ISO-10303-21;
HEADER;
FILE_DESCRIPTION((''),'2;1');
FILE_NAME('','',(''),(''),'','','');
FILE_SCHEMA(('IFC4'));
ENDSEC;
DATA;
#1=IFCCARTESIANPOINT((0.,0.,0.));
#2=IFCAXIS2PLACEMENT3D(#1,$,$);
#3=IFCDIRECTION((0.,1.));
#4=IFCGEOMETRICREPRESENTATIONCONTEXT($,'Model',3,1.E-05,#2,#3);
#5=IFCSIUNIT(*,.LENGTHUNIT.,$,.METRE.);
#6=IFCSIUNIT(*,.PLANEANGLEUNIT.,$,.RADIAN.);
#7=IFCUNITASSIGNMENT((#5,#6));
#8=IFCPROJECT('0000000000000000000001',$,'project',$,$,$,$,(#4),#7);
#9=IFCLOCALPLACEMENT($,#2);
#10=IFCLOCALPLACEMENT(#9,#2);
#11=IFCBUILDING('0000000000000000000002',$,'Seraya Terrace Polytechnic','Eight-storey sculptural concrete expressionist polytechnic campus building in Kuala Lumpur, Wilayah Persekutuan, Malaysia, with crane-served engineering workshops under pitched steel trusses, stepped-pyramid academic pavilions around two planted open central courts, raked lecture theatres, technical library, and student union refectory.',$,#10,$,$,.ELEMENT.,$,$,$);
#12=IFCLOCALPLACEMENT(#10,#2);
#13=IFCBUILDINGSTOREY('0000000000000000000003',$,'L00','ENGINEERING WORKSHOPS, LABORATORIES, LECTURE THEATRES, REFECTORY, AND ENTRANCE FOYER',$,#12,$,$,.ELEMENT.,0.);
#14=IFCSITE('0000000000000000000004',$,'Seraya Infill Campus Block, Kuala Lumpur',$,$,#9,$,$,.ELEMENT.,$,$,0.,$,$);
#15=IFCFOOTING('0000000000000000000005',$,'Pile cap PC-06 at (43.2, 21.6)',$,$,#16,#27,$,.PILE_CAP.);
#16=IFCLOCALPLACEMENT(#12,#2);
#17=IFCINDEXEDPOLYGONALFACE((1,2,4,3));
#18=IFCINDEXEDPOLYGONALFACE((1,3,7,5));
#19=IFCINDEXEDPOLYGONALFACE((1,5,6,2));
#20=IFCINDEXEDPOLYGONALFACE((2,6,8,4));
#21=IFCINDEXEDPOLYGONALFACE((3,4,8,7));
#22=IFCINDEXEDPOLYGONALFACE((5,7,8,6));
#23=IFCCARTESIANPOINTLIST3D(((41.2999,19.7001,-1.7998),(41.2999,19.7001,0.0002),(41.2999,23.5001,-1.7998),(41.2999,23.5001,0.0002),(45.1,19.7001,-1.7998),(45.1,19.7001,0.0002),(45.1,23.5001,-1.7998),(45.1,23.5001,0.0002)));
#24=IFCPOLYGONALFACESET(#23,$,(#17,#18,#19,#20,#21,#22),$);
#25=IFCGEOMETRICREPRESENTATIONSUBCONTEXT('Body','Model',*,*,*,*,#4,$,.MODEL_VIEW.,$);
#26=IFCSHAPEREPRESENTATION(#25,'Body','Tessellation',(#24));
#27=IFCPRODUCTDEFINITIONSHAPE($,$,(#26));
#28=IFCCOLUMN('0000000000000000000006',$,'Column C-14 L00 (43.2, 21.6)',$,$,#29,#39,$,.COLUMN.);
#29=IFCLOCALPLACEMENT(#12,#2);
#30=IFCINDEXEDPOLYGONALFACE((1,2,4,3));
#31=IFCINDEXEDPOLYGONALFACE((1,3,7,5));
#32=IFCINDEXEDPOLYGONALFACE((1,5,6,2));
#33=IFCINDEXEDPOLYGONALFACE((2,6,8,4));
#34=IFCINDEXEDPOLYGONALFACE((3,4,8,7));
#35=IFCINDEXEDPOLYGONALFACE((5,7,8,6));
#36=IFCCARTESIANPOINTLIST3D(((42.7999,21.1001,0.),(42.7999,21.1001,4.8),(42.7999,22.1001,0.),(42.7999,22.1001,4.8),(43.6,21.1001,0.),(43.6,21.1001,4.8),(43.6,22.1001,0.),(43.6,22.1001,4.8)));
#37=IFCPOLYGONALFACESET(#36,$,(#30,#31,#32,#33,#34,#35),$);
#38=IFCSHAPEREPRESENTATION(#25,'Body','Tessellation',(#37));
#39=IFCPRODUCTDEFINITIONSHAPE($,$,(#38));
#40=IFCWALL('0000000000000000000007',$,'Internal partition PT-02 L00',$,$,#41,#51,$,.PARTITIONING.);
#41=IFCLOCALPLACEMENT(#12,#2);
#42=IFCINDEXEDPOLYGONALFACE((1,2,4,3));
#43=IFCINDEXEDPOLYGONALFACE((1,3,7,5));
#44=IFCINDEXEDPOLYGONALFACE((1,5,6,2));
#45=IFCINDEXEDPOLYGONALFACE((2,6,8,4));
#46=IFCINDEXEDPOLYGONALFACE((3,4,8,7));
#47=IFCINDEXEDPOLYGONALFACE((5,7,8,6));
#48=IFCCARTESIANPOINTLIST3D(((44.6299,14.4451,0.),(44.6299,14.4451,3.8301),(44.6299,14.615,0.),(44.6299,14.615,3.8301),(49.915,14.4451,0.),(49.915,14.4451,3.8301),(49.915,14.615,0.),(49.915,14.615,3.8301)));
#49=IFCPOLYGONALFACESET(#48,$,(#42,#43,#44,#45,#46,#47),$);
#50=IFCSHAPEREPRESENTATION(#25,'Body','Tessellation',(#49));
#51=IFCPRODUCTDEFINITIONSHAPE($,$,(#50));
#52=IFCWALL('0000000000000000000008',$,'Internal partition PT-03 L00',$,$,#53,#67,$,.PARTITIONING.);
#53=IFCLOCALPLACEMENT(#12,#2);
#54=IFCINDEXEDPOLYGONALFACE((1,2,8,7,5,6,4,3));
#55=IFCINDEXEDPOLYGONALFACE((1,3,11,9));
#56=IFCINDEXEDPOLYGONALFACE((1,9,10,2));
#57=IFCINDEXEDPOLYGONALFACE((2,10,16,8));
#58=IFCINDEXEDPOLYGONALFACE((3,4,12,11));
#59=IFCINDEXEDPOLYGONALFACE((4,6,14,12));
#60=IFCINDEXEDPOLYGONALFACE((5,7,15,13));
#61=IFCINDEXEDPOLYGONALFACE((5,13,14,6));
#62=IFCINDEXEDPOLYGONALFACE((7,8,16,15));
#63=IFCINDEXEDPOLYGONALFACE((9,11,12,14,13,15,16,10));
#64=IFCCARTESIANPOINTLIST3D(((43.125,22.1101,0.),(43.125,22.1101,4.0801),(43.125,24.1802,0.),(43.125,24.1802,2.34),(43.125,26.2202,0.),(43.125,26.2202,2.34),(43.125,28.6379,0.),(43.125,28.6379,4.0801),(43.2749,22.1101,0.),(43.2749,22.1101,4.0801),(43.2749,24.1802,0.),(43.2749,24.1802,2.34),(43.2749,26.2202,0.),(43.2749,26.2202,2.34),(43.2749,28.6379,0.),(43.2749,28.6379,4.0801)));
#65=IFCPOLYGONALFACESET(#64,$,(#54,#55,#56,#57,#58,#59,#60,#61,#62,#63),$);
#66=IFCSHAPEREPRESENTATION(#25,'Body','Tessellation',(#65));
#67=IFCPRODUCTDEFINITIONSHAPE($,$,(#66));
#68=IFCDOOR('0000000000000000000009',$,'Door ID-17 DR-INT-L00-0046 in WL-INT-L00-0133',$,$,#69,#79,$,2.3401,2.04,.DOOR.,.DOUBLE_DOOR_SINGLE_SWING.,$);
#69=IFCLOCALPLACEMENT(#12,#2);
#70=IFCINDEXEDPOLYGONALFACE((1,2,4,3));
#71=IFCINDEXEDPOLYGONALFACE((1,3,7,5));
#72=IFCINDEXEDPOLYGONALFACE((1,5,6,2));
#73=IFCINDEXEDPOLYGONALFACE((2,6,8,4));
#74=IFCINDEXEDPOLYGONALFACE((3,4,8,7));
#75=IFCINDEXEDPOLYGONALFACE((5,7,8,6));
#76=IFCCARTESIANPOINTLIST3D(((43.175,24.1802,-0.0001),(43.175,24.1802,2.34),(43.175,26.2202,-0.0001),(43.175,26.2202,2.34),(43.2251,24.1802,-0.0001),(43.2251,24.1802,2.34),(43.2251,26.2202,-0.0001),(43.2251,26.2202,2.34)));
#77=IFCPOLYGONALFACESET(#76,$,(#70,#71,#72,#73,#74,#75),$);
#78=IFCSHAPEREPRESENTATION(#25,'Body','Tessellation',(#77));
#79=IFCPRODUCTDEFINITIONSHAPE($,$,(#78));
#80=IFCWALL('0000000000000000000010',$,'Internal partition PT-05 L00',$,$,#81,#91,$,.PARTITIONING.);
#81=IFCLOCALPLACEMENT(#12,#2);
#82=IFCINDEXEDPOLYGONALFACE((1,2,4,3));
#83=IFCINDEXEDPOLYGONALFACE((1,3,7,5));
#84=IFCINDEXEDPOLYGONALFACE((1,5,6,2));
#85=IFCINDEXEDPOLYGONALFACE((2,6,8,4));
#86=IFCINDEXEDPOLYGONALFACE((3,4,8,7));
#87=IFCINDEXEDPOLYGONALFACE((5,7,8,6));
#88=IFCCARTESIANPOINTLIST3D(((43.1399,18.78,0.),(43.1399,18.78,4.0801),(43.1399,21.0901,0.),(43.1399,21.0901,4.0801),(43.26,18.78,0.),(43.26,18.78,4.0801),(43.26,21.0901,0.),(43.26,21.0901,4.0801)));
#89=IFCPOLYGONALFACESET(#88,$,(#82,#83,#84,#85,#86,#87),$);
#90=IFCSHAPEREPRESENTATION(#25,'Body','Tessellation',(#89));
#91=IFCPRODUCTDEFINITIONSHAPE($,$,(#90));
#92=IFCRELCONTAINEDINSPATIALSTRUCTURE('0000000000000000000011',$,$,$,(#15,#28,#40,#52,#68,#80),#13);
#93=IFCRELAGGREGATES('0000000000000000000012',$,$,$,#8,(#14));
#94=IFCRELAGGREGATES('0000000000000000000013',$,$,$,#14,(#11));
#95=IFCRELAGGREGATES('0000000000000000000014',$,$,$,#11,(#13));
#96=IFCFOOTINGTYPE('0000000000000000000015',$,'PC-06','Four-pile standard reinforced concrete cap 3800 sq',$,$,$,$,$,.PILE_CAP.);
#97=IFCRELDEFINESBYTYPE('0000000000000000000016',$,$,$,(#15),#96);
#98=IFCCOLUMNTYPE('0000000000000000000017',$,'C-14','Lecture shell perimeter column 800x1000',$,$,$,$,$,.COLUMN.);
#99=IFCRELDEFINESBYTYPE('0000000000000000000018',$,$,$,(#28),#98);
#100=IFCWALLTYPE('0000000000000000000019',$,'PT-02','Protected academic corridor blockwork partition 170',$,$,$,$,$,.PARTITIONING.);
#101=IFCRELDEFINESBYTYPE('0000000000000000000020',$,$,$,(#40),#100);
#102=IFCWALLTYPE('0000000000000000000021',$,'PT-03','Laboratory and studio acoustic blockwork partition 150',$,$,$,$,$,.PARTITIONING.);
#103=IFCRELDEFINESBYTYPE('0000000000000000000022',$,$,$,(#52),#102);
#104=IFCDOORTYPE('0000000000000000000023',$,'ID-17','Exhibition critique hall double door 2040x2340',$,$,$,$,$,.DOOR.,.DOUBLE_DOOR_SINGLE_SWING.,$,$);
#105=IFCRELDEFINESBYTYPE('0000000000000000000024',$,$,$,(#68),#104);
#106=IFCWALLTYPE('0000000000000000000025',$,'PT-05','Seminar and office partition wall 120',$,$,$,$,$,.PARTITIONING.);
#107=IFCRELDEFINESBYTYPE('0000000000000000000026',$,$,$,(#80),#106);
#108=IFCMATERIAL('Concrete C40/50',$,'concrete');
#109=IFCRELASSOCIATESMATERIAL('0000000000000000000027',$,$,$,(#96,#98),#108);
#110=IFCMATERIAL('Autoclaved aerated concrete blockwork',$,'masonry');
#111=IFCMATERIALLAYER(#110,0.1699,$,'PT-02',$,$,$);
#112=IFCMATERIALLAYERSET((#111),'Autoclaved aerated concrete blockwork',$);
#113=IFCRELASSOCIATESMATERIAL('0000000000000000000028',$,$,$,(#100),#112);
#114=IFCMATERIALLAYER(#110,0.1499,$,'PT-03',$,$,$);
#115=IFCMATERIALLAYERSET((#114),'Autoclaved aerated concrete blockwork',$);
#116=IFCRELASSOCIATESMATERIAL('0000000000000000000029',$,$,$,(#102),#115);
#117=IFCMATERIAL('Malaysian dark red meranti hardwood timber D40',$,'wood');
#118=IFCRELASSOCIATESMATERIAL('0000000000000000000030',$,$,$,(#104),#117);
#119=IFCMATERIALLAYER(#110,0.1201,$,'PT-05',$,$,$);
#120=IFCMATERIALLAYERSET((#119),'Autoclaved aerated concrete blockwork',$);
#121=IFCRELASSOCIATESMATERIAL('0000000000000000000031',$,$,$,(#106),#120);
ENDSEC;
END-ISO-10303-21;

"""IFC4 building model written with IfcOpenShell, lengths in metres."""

from ifc_helpers import new_model, si_unit, direction, frame, frame_2d, origin, origin_2d, place, context, subcontext, project, spatial, rectangle, extrude, material, layer, layer_set, material_profile, profile_set, type_object, element, fill, save


model = new_model("IFC4")

# Units and contexts
model_context = context("Model", 3, precision=1e-05, world=origin(), true_north=direction((0.0, 1.0)))
body_context = subcontext(model_context, "Body", "Model", "MODEL_VIEW")
ifc_project = project(units=[si_unit("LENGTHUNIT", "METRE"), si_unit("PLANEANGLEUNIT", "RADIAN")], contexts=[model_context])

# Site, building, storey
site_placement = place(None, origin())
site = spatial("IfcSite", under=ifc_project, at=site_placement, Name="Seraya Infill Campus Block, Kuala Lumpur", CompositionType="ELEMENT", RefElevation=0.0)
building_placement = place(site_placement, origin())
building = spatial("IfcBuilding", under=site, at=building_placement, Name="Seraya Terrace Polytechnic", Description="Eight-storey sculptural concrete expressionist polytechnic campus building in Kuala Lumpur, Wilayah Persekutuan, Malaysia, with crane-served engineering workshops under pitched steel trusses, stepped-pyramid academic pavilions around two planted open central courts, raked lecture theatres, technical library, and student union refectory.", CompositionType="ELEMENT")
storey_placement = place(building_placement, origin())
storey = spatial("IfcBuildingStorey", under=building, at=storey_placement, Name="L00", Description="ENGINEERING WORKSHOPS, LABORATORIES, LECTURE THEATRES, REFECTORY, AND ENTRANCE FOYER", CompositionType="ELEMENT", Elevation=0.0)

# Shared definitions
ifc_material_1 = material(Name="Concrete C40/50", Category="concrete")

# Footing
footing_type_1 = type_object("IfcFootingType", Name="PC-06", Description="Four-pile standard reinforced concrete cap 3800 sq", PredefinedType="PILE_CAP", material=ifc_material_1)
footing_1_placement = place(storey_placement, frame((43.2, 21.6001, -1.7998), z_axis=(0.0, 0.0, 1.0), x_axis=(1.0, 0.0, 0.0)))
element("IfcFooting", 1, at=footing_1_placement, inside=storey, type_object=footing_type_1, Name="Pile cap PC-06 at (43.2, 21.6)", PredefinedType="PILE_CAP", context=body_context, shape_type="SweptSolid", body=[
    extrude(rectangle(XDim=3.8, YDim=3.8, at=origin_2d()), origin(), (0.0, 0.0, 1.0), 1.8),
])

# Column
ifc_material_profile_1 = material_profile(ifc_material_1, rectangle(XDim=0.8, YDim=1.0, at=origin_2d()), Name="RC 800x1000")
ifc_profile_set_1 = profile_set([ifc_material_profile_1], Name="Concrete C40/50")
column_type = type_object("IfcColumnType", Name="C-14", Description="Lecture shell perimeter column 800x1000", PredefinedType="COLUMN", material=ifc_profile_set_1)
column_placement = place(storey_placement, frame((43.2, 21.6001, 0.0), z_axis=(0.0, 0.0, 1.0), x_axis=(1.0, 0.0, 0.0)))
element("IfcColumn", 2, at=column_placement, inside=storey, type_object=column_type, Name="Column C-14 L00 (43.2, 21.6)", PredefinedType="COLUMN", context=body_context, shape_type="SweptSolid", body=[
    extrude(rectangle(XDim=0.8, YDim=1.0, at=origin_2d()), origin(), (0.0, 0.0, 1.0), 4.8),
])

# Wall
ifc_material_2 = material(Name="Autoclaved aerated concrete blockwork", Category="masonry")
ifc_layer_1 = layer(ifc_material_2, 0.1699, Name="PT-02")
ifc_layer_set_1 = layer_set([ifc_layer_1], Name="Autoclaved aerated concrete blockwork")
wall_type_1 = type_object("IfcWallType", Name="PT-02", Description="Protected academic corridor blockwork partition 170", PredefinedType="PARTITIONING", material=ifc_layer_set_1)
wall_1_placement = place(storey_placement, frame((44.6299, 14.53, 0.0), z_axis=(0.0, 0.0, 1.0), x_axis=(1.0, 0.0, 0.0)))
element("IfcWall", 3, at=wall_1_placement, inside=storey, type_object=wall_type_1, Name="Internal partition PT-02 L00", PredefinedType="PARTITIONING", context=body_context, shape_type="SweptSolid", body=[
    extrude(rectangle(XDim=5.2852, YDim=0.1699, at=frame_2d((2.6426, 0.0))), origin(), (0.0, 0.0, 1.0), 3.8301),
])

# Wall, opening, door
ifc_layer_2 = layer(ifc_material_2, 0.1499, Name="PT-03")
ifc_layer_set_2 = layer_set([ifc_layer_2], Name="Autoclaved aerated concrete blockwork")
wall_type_2 = type_object("IfcWallType", Name="PT-03", Description="Laboratory and studio acoustic blockwork partition 150", PredefinedType="PARTITIONING", material=ifc_layer_set_2)
wall_2_placement = place(storey_placement, frame((43.2, 22.1101, 0.0), z_axis=(0.0, 0.0, 1.0), x_axis=(0.0, 1.0, 0.0)))
wall_2 = element("IfcWall", 4, at=wall_2_placement, inside=storey, type_object=wall_type_2, Name="Internal partition PT-03 L00", PredefinedType="PARTITIONING", context=body_context, shape_type="SweptSolid", body=[
    extrude(rectangle(XDim=6.5278, YDim=0.1499, at=frame_2d((3.2639, 0.0))), origin(), (0.0, 0.0, 1.0), 4.0801),
])
opening_placement = place(wall_2_placement, frame((2.0701, 0.0, 0.0)))
opening = element("IfcOpeningElement", 5, at=opening_placement, cuts=wall_2, PredefinedType="OPENING", context=body_context, shape_type="SweptSolid", body=[
    extrude(rectangle(XDim=2.04, YDim=2.3401, at=frame_2d((1.02, 1.1699))), frame((0.0, 0.0869, 0.0), z_axis=(0.0, -1.0, 0.0), x_axis=(1.0, 0.0, 0.0)), (0.0, 0.0, 1.0), 0.1738),
])
ifc_material_3 = material(Name="Malaysian dark red meranti hardwood timber D40", Category="wood")
door_type = type_object("IfcDoorType", Name="ID-17", Description="Exhibition critique hall double door 2040x2340", OperationType="DOUBLE_DOOR_SINGLE_SWING", PredefinedType="DOOR", material=ifc_material_3)
door_placement = place(opening_placement, origin())
door = element("IfcDoor", 6, at=door_placement, inside=storey, type_object=door_type, Name="Door ID-17 DR-INT-L00-0046 in WL-INT-L00-0133", OperationType="DOUBLE_DOOR_SINGLE_SWING", OverallHeight=2.3401, OverallWidth=2.04, PredefinedType="DOOR", context=body_context, shape_type="SweptSolid", body=[
    extrude(rectangle(XDim=2.04, YDim=2.3401, at=frame_2d((1.02, 1.1699))), frame((0.0, 0.0249, 0.0), z_axis=(0.0, -1.0, 0.0), x_axis=(1.0, 0.0, 0.0)), (0.0, 0.0, 1.0), 0.05),
])
fill(opening, door)

# Wall
ifc_layer_3 = layer(ifc_material_2, 0.1201, Name="PT-05")
ifc_layer_set_3 = layer_set([ifc_layer_3], Name="Autoclaved aerated concrete blockwork")
wall_type_3 = type_object("IfcWallType", Name="PT-05", Description="Seminar and office partition wall 120", PredefinedType="PARTITIONING", material=ifc_layer_set_3)
wall_3_placement = place(storey_placement, frame((43.2, 18.78, 0.0), z_axis=(0.0, 0.0, 1.0), x_axis=(0.0, 1.0, 0.0)))
element("IfcWall", 7, at=wall_3_placement, inside=storey, type_object=wall_type_3, Name="Internal partition PT-05 L00", PredefinedType="PARTITIONING", context=body_context, shape_type="SweptSolid", body=[
    extrude(rectangle(XDim=2.3101, YDim=0.1201, at=frame_2d((1.155, 0.0))), origin(), (0.0, 0.0, 1.0), 4.0801),
])

save(model, "model.ifc")
